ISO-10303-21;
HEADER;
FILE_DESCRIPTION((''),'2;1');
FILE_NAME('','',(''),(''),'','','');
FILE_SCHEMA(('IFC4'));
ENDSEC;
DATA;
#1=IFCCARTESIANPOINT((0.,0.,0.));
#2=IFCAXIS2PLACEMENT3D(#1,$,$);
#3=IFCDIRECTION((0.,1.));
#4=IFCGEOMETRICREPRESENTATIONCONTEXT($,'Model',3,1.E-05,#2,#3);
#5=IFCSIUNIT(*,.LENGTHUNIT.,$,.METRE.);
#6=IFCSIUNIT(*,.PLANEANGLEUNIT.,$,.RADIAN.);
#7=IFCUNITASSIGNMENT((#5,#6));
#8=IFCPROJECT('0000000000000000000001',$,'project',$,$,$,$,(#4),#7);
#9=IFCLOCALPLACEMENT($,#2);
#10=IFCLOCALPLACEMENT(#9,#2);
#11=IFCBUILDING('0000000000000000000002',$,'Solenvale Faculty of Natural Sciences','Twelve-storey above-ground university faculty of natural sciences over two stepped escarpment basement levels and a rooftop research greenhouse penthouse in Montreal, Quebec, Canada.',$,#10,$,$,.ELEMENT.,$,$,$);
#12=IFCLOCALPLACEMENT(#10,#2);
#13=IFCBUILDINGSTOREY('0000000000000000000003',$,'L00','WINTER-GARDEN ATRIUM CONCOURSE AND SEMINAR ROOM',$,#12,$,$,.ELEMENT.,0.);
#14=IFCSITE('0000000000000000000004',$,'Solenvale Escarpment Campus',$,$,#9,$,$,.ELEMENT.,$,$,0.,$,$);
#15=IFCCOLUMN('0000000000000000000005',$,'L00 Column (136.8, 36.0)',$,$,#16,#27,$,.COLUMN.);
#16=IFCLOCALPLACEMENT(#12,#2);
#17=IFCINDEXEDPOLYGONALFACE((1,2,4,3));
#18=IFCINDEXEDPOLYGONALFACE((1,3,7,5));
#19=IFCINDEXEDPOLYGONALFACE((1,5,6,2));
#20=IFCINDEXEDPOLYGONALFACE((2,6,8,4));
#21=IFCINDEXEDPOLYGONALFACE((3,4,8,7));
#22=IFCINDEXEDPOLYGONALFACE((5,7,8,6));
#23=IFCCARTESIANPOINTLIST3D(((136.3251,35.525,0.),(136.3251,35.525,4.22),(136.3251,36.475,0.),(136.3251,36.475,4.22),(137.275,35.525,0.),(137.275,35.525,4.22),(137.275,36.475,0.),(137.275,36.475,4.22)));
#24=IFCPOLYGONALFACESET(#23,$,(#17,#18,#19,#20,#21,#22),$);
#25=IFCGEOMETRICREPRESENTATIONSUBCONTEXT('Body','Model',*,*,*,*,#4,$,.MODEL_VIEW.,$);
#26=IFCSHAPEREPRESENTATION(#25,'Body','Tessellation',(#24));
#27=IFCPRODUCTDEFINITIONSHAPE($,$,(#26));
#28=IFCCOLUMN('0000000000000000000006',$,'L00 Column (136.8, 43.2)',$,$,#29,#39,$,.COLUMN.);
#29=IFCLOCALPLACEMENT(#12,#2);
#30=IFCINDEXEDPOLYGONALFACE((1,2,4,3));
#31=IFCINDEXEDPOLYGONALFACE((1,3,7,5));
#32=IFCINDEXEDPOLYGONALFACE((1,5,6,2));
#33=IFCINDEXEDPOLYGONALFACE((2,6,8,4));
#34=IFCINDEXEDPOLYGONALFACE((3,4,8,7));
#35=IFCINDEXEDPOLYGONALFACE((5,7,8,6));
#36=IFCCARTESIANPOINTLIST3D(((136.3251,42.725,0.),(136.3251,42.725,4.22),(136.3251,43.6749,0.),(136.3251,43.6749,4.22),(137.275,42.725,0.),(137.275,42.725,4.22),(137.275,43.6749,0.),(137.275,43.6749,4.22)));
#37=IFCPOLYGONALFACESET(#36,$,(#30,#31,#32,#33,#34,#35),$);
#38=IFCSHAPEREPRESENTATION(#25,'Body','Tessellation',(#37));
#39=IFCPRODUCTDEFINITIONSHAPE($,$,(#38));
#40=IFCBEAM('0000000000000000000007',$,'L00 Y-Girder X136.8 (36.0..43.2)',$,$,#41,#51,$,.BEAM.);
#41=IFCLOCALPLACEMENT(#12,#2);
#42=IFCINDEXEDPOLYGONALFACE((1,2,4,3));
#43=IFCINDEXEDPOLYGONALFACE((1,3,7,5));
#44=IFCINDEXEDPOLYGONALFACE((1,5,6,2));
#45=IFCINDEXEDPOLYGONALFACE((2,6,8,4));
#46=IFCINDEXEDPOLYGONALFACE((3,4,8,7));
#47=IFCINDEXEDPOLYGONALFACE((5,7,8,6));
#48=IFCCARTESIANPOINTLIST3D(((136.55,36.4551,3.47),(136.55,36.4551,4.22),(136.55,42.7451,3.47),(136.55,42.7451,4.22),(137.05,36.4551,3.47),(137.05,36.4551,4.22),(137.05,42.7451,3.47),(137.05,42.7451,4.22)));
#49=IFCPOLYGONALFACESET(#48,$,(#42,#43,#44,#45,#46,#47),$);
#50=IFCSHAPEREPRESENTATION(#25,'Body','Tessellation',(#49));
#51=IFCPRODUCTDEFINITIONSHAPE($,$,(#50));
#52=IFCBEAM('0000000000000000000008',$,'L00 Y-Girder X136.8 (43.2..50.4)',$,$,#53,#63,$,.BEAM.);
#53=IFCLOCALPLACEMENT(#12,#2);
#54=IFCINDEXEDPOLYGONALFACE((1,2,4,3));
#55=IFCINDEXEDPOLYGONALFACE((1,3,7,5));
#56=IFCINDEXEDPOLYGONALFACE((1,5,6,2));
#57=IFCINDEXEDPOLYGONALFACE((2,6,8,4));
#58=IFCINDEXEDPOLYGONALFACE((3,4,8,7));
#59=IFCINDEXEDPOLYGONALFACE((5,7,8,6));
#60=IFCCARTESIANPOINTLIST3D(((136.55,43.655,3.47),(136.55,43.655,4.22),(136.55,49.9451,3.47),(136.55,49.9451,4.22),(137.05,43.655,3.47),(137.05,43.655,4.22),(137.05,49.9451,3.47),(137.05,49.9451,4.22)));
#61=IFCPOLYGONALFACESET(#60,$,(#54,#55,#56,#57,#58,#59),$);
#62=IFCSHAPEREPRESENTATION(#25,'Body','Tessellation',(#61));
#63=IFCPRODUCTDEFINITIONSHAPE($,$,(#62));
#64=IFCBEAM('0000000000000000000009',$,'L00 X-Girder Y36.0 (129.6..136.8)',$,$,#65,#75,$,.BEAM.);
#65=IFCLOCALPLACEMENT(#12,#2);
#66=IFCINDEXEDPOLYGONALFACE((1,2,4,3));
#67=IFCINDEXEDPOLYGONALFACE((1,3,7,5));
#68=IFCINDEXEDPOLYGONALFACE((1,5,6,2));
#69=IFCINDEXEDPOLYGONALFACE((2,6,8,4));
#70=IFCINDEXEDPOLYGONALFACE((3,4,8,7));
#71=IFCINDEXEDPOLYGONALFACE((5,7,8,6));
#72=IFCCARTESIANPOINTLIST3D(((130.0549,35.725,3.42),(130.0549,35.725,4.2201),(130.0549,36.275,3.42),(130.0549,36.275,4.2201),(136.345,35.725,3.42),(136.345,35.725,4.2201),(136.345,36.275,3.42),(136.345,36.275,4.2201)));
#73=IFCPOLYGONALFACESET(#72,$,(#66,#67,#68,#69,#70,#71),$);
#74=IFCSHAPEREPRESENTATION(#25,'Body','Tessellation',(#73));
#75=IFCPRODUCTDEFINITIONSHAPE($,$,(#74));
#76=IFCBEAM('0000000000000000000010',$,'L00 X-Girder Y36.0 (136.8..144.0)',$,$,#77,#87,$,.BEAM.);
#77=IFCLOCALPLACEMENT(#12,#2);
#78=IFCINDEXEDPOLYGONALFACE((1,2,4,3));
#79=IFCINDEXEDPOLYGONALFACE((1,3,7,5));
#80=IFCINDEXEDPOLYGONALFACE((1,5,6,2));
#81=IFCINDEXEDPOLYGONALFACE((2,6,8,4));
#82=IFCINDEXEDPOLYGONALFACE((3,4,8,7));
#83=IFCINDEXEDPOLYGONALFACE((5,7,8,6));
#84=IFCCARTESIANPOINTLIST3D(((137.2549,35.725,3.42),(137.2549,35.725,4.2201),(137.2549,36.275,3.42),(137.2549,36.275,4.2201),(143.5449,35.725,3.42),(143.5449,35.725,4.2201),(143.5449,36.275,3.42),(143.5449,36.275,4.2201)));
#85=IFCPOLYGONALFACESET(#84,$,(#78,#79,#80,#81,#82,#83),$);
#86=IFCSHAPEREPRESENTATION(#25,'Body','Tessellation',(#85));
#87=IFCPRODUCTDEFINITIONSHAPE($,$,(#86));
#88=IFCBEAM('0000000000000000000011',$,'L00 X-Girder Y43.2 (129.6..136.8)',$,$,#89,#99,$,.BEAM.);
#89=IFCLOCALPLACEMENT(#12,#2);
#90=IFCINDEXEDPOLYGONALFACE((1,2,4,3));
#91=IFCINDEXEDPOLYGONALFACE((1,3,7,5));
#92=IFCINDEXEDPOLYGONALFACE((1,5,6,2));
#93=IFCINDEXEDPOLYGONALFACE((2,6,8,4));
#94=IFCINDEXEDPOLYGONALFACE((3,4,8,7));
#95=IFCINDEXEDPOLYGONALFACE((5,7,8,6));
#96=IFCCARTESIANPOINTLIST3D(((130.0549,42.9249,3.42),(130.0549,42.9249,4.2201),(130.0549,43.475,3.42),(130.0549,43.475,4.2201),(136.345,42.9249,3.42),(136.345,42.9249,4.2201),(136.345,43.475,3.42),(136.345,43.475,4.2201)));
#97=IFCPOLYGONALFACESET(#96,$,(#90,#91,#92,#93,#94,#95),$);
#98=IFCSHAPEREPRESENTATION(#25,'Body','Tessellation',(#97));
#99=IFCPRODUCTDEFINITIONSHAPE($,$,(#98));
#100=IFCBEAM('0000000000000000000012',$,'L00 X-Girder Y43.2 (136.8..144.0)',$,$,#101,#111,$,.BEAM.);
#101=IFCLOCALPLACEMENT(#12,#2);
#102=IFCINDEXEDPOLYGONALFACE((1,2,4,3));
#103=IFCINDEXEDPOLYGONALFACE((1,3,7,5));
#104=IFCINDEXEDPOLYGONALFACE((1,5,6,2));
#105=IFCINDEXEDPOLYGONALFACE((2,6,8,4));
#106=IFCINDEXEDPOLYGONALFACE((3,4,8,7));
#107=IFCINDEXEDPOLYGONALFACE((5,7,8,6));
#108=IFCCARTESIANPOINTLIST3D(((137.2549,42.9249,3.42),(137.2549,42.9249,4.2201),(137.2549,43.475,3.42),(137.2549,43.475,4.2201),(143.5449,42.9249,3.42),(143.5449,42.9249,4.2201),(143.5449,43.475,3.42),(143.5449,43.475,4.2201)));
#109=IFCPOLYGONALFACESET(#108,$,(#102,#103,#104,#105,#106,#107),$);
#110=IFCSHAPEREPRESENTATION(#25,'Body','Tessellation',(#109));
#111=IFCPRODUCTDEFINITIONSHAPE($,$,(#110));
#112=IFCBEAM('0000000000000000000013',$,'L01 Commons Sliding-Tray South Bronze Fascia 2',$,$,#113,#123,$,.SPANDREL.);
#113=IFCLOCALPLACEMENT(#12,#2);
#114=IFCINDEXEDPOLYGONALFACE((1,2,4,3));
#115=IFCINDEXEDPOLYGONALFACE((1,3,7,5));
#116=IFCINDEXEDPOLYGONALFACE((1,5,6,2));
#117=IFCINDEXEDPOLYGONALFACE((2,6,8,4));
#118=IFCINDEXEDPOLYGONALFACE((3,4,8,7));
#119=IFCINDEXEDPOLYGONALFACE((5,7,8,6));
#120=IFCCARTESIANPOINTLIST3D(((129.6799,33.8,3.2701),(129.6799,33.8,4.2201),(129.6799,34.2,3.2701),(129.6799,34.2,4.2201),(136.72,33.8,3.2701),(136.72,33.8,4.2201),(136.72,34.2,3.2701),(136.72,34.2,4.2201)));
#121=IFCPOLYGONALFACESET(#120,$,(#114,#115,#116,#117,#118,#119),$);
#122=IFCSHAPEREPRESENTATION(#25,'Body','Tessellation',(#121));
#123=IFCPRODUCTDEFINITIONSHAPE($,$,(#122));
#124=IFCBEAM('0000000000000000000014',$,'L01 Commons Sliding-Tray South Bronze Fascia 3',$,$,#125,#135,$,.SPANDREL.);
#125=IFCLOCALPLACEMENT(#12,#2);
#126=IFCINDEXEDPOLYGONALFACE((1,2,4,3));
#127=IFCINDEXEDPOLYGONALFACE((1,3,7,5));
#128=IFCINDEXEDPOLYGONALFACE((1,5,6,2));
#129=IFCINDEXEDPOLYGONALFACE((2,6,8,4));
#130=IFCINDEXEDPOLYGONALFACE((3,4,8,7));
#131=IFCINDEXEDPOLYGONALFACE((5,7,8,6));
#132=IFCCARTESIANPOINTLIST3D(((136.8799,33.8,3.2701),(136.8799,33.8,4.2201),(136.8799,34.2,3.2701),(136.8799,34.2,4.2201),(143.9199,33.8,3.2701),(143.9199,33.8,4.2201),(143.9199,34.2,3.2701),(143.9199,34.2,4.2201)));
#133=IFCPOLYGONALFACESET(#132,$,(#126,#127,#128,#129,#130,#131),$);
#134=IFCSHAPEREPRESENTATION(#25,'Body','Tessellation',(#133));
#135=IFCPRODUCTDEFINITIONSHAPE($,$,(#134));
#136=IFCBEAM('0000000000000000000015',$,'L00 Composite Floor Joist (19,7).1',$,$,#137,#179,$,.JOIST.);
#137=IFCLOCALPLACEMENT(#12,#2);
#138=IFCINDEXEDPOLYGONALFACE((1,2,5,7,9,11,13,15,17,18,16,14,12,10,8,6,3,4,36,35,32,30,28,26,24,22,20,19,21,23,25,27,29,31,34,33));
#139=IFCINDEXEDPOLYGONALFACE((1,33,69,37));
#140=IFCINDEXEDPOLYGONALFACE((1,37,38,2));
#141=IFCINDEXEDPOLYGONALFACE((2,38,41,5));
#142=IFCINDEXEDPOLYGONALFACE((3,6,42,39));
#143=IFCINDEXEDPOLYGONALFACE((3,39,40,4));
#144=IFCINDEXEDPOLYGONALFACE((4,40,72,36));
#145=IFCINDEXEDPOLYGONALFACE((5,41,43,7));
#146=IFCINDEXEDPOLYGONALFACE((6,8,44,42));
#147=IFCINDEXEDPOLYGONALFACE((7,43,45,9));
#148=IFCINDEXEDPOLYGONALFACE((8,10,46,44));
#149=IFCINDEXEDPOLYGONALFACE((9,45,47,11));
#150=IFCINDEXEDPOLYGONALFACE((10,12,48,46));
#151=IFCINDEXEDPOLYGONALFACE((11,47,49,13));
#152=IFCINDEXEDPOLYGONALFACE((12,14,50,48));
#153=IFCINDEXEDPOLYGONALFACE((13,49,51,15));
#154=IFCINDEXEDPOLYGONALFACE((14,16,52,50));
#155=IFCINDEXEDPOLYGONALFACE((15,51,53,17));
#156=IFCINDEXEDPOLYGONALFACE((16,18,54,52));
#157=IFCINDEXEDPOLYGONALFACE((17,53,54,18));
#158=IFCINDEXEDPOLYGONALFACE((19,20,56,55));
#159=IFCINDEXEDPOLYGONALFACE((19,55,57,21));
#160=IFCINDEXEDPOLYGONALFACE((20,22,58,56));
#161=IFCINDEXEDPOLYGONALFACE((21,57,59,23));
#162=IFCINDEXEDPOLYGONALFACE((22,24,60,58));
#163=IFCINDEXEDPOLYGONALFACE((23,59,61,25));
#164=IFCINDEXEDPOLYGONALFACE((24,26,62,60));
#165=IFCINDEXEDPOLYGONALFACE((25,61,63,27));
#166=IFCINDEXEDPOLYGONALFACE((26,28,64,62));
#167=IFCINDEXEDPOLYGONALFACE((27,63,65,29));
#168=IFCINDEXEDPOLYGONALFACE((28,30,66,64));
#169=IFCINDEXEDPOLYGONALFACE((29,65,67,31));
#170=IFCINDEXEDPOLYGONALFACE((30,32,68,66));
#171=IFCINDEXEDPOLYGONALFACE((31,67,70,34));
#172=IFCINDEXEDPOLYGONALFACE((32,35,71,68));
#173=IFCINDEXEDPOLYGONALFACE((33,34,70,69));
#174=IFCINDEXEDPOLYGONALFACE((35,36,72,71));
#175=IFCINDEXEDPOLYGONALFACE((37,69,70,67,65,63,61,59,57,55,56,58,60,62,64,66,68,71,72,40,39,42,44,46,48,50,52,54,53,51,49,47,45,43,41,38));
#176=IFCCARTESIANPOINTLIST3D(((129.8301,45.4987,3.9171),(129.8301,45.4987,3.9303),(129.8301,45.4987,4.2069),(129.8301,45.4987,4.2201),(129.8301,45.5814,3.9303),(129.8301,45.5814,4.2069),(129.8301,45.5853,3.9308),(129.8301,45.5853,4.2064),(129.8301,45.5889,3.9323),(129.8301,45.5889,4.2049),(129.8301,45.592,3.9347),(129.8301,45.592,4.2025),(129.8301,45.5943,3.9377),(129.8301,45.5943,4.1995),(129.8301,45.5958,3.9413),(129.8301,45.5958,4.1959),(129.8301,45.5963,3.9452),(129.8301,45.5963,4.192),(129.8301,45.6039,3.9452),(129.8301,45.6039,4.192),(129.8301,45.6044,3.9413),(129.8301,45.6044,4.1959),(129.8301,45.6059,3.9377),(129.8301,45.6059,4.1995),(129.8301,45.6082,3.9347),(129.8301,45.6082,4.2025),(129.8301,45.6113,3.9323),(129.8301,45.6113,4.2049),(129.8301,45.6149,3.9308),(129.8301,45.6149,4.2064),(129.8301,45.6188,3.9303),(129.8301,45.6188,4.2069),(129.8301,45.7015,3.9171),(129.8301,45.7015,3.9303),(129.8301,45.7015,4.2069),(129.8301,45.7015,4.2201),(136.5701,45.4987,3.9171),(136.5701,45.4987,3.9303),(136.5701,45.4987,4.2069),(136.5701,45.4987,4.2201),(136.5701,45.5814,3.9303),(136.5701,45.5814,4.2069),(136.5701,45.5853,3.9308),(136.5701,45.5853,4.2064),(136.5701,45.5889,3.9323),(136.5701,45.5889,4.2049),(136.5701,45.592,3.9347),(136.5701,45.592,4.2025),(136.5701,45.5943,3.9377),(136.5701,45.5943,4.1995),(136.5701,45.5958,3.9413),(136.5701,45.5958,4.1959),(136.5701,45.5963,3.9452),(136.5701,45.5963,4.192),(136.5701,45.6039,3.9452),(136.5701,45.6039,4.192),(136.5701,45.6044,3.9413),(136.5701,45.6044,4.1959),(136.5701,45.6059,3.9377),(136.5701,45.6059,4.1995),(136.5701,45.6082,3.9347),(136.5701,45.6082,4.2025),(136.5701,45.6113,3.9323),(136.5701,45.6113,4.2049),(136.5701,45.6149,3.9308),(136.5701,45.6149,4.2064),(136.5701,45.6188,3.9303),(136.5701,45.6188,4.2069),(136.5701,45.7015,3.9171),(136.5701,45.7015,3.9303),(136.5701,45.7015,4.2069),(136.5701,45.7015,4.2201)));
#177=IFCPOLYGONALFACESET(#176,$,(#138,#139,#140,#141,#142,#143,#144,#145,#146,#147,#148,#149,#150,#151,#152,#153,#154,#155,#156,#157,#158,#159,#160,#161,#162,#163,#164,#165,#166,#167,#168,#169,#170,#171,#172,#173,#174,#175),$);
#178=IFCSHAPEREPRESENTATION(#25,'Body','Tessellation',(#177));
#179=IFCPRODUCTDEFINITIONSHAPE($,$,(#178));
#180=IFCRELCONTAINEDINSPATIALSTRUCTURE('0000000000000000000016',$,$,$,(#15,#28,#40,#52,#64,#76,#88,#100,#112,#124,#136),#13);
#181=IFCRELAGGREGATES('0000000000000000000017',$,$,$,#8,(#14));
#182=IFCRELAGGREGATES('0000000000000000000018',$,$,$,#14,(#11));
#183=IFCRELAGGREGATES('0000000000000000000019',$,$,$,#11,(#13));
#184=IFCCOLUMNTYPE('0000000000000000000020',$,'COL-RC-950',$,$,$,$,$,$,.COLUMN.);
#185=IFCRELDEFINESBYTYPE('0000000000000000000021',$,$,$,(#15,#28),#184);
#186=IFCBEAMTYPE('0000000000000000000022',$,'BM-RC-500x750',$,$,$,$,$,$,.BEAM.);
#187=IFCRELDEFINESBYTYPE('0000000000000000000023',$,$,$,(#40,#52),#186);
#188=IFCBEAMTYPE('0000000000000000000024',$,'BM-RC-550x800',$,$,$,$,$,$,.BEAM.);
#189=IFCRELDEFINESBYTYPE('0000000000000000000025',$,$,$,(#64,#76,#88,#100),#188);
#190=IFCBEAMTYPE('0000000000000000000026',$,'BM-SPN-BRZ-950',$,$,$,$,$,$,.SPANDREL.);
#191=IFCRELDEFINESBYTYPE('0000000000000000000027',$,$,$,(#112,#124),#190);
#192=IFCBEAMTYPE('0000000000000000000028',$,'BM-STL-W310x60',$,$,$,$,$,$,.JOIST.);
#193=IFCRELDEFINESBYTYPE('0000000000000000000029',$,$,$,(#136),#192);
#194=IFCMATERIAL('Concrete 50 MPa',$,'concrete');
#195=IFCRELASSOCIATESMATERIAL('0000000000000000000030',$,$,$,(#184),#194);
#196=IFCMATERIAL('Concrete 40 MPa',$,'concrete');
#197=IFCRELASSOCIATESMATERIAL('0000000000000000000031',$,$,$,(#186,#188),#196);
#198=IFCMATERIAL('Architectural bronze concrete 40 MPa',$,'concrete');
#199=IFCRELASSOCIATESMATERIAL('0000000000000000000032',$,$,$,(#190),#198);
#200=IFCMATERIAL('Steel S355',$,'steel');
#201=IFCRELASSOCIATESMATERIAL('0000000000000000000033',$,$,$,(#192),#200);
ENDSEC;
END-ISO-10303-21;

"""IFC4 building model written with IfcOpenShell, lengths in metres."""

from ifc_helpers import new_model, si_unit, direction, frame, origin, origin_2d, place, context, subcontext, project, spatial, rectangle, i_section, extrude, material, material_profile, profile_set, type_object, element, save


model = new_model("IFC4")

# Units and contexts
model_context = context("Model", 3, precision=1e-05, world=origin(), true_north=direction((0.0, 1.0)))
body_context = subcontext(model_context, "Body", "Model", "MODEL_VIEW")
ifc_project = project(units=[si_unit("LENGTHUNIT", "METRE"), si_unit("PLANEANGLEUNIT", "RADIAN")], contexts=[model_context])

# Site, building, storey
site_placement = place(None, origin())
site = spatial("IfcSite", under=ifc_project, at=site_placement, Name="Solenvale Escarpment Campus", CompositionType="ELEMENT", RefElevation=0.0)
building_placement = place(site_placement, origin())
building = spatial("IfcBuilding", under=site, at=building_placement, Name="Solenvale Faculty of Natural Sciences", Description="Twelve-storey above-ground university faculty of natural sciences over two stepped escarpment basement levels and a rooftop research greenhouse penthouse in Montreal, Quebec, Canada.", CompositionType="ELEMENT")
storey_placement = place(building_placement, origin())
storey = spatial("IfcBuildingStorey", under=building, at=storey_placement, Name="L00", Description="WINTER-GARDEN ATRIUM CONCOURSE AND SEMINAR ROOM", CompositionType="ELEMENT", Elevation=0.0)

# Columns
ifc_material_1 = material(Name="Concrete 50 MPa", Category="concrete")
ifc_material_profile_1 = material_profile(ifc_material_1, rectangle(XDim=0.95, YDim=0.95, at=origin_2d()), Name="RC-COL-950x950")
ifc_profile_set_1 = profile_set([ifc_material_profile_1], Name="Concrete 50 MPa")
column_type = type_object("IfcColumnType", Name="COL-RC-950", PredefinedType="COLUMN", material=ifc_profile_set_1)
for number, where, z_axis, x_axis, name in (
    (1, (136.8, 36.0, 0.0), (0.0, 0.0, 1.0), (1.0, 0.0, 0.0), "L00 Column (136.8, 36.0)"),
    (2, (136.8, 43.2, 0.0), (0.0, 0.0, 1.0), (1.0, 0.0, 0.0), "L00 Column (136.8, 43.2)"),
):
    element("IfcColumn", number, at=place(storey_placement, frame(where, z_axis=z_axis, x_axis=x_axis)), inside=storey, type_object=column_type, Name=name, PredefinedType="COLUMN", context=body_context, shape_type="SweptSolid", body=[
        extrude(rectangle(XDim=0.95, YDim=0.95, at=origin_2d()), origin(), (0.0, 0.0, 1.0), 4.22),
    ])

# Beams
ifc_material_2 = material(Name="Concrete 40 MPa", Category="concrete")
ifc_material_profile_2 = material_profile(ifc_material_2, rectangle(XDim=0.5, YDim=0.75, at=origin_2d()), Name="RC-BM-500x750")
ifc_profile_set_2 = profile_set([ifc_material_profile_2], Name="Concrete 40 MPa")
beam_type_1 = type_object("IfcBeamType", Name="BM-RC-500x750", PredefinedType="BEAM", material=ifc_profile_set_2)
for number, where, z_axis, x_axis, name in (
    (3, (136.8, 36.4551, 3.845), (0.0, 1.0, 0.0), (-1.0, 0.0, 0.0), "L00 Y-Girder X136.8 (36.0..43.2)"),
    (4, (136.8, 43.655, 3.845), (0.0, 1.0, 0.0), (-1.0, 0.0, 0.0), "L00 Y-Girder X136.8 (43.2..50.4)"),
):
    element("IfcBeam", number, at=place(storey_placement, frame(where, z_axis=z_axis, x_axis=x_axis)), inside=storey, type_object=beam_type_1, Name=name, PredefinedType="BEAM", context=body_context, shape_type="SweptSolid", body=[
        extrude(rectangle(XDim=0.5, YDim=0.75, at=origin_2d()), origin(), (0.0, 0.0, 1.0), 6.29),
    ])
ifc_material_profile_3 = material_profile(ifc_material_2, rectangle(XDim=0.55, YDim=0.8, at=origin_2d()), Name="RC-BM-550x800")
ifc_profile_set_3 = profile_set([ifc_material_profile_3], Name="Concrete 40 MPa")
beam_type_2 = type_object("IfcBeamType", Name="BM-RC-550x800", PredefinedType="BEAM", material=ifc_profile_set_3)
for number, where, z_axis, x_axis, name in (
    (5, (130.0549, 36.0, 3.8201), (1.0, 0.0, 0.0), (0.0, 1.0, 0.0), "L00 X-Girder Y36.0 (129.6..136.8)"),
    (6, (137.2549, 36.0, 3.8201), (1.0, 0.0, 0.0), (0.0, 1.0, 0.0), "L00 X-Girder Y36.0 (136.8..144.0)"),
    (7, (130.0549, 43.2, 3.8201), (1.0, 0.0, 0.0), (0.0, 1.0, 0.0), "L00 X-Girder Y43.2 (129.6..136.8)"),
    (8, (137.2549, 43.2, 3.8201), (1.0, 0.0, 0.0), (0.0, 1.0, 0.0), "L00 X-Girder Y43.2 (136.8..144.0)"),
):
    element("IfcBeam", number, at=place(storey_placement, frame(where, z_axis=z_axis, x_axis=x_axis)), inside=storey, type_object=beam_type_2, Name=name, PredefinedType="BEAM", context=body_context, shape_type="SweptSolid", body=[
        extrude(rectangle(XDim=0.55, YDim=0.8, at=origin_2d()), origin(), (0.0, 0.0, 1.0), 6.29),
    ])
ifc_material_3 = material(Name="Architectural bronze concrete 40 MPa", Category="concrete")
ifc_material_profile_4 = material_profile(ifc_material_3, rectangle(XDim=0.3999, YDim=0.95, at=origin_2d()), Name="RC-SPN-400x950")
ifc_profile_set_4 = profile_set([ifc_material_profile_4], Name="Architectural bronze concrete 40 MPa")
beam_type_3 = type_object("IfcBeamType", Name="BM-SPN-BRZ-950", PredefinedType="SPANDREL", material=ifc_profile_set_4)
for number, where, z_axis, x_axis, name in (
    (9, (129.6799, 34.0, 3.7451), (1.0, 0.0, 0.0), (0.0, 1.0, 0.0), "L01 Commons Sliding-Tray South Bronze Fascia 2"),
    (10, (136.8799, 34.0, 3.7451), (1.0, 0.0, 0.0), (0.0, 1.0, 0.0), "L01 Commons Sliding-Tray South Bronze Fascia 3"),
):
    element("IfcBeam", number, at=place(storey_placement, frame(where, z_axis=z_axis, x_axis=x_axis)), inside=storey, type_object=beam_type_3, Name=name, PredefinedType="SPANDREL", context=body_context, shape_type="SweptSolid", body=[
        extrude(rectangle(XDim=0.3999, YDim=0.95, at=origin_2d()), origin(), (0.0, 0.0, 1.0), 7.04),
    ])
ifc_material_4 = material(Name="Steel S355", Category="steel")
ifc_material_profile_5 = material_profile(ifc_material_4, i_section(OverallWidth=0.2029, OverallDepth=0.303, WebThickness=0.0076, FlangeThickness=0.0132, FilletRadius=0.0149, at=origin_2d()), Name="W310x60")
ifc_profile_set_5 = profile_set([ifc_material_profile_5], Name="Steel S355")
beam_type_4 = type_object("IfcBeamType", Name="BM-STL-W310x60", PredefinedType="JOIST", material=ifc_profile_set_5)
for number, where, z_axis, x_axis, name in (
    (11, (129.8301, 45.6001, 4.0686), (1.0, 0.0, 0.0), (0.0, 1.0, 0.0), "L00 Composite Floor Joist (19,7).1"),
):
    element("IfcBeam", number, at=place(storey_placement, frame(where, z_axis=z_axis, x_axis=x_axis)), inside=storey, type_object=beam_type_4, Name=name, PredefinedType="JOIST", context=body_context, shape_type="SweptSolid", body=[
        extrude(i_section(OverallWidth=0.2029, OverallDepth=0.303, WebThickness=0.0076, FlangeThickness=0.0132, FilletRadius=0.0149, at=origin_2d()), origin(), (0.0, 0.0, 1.0), 6.74),
    ])

save(model, "model.ifc")
